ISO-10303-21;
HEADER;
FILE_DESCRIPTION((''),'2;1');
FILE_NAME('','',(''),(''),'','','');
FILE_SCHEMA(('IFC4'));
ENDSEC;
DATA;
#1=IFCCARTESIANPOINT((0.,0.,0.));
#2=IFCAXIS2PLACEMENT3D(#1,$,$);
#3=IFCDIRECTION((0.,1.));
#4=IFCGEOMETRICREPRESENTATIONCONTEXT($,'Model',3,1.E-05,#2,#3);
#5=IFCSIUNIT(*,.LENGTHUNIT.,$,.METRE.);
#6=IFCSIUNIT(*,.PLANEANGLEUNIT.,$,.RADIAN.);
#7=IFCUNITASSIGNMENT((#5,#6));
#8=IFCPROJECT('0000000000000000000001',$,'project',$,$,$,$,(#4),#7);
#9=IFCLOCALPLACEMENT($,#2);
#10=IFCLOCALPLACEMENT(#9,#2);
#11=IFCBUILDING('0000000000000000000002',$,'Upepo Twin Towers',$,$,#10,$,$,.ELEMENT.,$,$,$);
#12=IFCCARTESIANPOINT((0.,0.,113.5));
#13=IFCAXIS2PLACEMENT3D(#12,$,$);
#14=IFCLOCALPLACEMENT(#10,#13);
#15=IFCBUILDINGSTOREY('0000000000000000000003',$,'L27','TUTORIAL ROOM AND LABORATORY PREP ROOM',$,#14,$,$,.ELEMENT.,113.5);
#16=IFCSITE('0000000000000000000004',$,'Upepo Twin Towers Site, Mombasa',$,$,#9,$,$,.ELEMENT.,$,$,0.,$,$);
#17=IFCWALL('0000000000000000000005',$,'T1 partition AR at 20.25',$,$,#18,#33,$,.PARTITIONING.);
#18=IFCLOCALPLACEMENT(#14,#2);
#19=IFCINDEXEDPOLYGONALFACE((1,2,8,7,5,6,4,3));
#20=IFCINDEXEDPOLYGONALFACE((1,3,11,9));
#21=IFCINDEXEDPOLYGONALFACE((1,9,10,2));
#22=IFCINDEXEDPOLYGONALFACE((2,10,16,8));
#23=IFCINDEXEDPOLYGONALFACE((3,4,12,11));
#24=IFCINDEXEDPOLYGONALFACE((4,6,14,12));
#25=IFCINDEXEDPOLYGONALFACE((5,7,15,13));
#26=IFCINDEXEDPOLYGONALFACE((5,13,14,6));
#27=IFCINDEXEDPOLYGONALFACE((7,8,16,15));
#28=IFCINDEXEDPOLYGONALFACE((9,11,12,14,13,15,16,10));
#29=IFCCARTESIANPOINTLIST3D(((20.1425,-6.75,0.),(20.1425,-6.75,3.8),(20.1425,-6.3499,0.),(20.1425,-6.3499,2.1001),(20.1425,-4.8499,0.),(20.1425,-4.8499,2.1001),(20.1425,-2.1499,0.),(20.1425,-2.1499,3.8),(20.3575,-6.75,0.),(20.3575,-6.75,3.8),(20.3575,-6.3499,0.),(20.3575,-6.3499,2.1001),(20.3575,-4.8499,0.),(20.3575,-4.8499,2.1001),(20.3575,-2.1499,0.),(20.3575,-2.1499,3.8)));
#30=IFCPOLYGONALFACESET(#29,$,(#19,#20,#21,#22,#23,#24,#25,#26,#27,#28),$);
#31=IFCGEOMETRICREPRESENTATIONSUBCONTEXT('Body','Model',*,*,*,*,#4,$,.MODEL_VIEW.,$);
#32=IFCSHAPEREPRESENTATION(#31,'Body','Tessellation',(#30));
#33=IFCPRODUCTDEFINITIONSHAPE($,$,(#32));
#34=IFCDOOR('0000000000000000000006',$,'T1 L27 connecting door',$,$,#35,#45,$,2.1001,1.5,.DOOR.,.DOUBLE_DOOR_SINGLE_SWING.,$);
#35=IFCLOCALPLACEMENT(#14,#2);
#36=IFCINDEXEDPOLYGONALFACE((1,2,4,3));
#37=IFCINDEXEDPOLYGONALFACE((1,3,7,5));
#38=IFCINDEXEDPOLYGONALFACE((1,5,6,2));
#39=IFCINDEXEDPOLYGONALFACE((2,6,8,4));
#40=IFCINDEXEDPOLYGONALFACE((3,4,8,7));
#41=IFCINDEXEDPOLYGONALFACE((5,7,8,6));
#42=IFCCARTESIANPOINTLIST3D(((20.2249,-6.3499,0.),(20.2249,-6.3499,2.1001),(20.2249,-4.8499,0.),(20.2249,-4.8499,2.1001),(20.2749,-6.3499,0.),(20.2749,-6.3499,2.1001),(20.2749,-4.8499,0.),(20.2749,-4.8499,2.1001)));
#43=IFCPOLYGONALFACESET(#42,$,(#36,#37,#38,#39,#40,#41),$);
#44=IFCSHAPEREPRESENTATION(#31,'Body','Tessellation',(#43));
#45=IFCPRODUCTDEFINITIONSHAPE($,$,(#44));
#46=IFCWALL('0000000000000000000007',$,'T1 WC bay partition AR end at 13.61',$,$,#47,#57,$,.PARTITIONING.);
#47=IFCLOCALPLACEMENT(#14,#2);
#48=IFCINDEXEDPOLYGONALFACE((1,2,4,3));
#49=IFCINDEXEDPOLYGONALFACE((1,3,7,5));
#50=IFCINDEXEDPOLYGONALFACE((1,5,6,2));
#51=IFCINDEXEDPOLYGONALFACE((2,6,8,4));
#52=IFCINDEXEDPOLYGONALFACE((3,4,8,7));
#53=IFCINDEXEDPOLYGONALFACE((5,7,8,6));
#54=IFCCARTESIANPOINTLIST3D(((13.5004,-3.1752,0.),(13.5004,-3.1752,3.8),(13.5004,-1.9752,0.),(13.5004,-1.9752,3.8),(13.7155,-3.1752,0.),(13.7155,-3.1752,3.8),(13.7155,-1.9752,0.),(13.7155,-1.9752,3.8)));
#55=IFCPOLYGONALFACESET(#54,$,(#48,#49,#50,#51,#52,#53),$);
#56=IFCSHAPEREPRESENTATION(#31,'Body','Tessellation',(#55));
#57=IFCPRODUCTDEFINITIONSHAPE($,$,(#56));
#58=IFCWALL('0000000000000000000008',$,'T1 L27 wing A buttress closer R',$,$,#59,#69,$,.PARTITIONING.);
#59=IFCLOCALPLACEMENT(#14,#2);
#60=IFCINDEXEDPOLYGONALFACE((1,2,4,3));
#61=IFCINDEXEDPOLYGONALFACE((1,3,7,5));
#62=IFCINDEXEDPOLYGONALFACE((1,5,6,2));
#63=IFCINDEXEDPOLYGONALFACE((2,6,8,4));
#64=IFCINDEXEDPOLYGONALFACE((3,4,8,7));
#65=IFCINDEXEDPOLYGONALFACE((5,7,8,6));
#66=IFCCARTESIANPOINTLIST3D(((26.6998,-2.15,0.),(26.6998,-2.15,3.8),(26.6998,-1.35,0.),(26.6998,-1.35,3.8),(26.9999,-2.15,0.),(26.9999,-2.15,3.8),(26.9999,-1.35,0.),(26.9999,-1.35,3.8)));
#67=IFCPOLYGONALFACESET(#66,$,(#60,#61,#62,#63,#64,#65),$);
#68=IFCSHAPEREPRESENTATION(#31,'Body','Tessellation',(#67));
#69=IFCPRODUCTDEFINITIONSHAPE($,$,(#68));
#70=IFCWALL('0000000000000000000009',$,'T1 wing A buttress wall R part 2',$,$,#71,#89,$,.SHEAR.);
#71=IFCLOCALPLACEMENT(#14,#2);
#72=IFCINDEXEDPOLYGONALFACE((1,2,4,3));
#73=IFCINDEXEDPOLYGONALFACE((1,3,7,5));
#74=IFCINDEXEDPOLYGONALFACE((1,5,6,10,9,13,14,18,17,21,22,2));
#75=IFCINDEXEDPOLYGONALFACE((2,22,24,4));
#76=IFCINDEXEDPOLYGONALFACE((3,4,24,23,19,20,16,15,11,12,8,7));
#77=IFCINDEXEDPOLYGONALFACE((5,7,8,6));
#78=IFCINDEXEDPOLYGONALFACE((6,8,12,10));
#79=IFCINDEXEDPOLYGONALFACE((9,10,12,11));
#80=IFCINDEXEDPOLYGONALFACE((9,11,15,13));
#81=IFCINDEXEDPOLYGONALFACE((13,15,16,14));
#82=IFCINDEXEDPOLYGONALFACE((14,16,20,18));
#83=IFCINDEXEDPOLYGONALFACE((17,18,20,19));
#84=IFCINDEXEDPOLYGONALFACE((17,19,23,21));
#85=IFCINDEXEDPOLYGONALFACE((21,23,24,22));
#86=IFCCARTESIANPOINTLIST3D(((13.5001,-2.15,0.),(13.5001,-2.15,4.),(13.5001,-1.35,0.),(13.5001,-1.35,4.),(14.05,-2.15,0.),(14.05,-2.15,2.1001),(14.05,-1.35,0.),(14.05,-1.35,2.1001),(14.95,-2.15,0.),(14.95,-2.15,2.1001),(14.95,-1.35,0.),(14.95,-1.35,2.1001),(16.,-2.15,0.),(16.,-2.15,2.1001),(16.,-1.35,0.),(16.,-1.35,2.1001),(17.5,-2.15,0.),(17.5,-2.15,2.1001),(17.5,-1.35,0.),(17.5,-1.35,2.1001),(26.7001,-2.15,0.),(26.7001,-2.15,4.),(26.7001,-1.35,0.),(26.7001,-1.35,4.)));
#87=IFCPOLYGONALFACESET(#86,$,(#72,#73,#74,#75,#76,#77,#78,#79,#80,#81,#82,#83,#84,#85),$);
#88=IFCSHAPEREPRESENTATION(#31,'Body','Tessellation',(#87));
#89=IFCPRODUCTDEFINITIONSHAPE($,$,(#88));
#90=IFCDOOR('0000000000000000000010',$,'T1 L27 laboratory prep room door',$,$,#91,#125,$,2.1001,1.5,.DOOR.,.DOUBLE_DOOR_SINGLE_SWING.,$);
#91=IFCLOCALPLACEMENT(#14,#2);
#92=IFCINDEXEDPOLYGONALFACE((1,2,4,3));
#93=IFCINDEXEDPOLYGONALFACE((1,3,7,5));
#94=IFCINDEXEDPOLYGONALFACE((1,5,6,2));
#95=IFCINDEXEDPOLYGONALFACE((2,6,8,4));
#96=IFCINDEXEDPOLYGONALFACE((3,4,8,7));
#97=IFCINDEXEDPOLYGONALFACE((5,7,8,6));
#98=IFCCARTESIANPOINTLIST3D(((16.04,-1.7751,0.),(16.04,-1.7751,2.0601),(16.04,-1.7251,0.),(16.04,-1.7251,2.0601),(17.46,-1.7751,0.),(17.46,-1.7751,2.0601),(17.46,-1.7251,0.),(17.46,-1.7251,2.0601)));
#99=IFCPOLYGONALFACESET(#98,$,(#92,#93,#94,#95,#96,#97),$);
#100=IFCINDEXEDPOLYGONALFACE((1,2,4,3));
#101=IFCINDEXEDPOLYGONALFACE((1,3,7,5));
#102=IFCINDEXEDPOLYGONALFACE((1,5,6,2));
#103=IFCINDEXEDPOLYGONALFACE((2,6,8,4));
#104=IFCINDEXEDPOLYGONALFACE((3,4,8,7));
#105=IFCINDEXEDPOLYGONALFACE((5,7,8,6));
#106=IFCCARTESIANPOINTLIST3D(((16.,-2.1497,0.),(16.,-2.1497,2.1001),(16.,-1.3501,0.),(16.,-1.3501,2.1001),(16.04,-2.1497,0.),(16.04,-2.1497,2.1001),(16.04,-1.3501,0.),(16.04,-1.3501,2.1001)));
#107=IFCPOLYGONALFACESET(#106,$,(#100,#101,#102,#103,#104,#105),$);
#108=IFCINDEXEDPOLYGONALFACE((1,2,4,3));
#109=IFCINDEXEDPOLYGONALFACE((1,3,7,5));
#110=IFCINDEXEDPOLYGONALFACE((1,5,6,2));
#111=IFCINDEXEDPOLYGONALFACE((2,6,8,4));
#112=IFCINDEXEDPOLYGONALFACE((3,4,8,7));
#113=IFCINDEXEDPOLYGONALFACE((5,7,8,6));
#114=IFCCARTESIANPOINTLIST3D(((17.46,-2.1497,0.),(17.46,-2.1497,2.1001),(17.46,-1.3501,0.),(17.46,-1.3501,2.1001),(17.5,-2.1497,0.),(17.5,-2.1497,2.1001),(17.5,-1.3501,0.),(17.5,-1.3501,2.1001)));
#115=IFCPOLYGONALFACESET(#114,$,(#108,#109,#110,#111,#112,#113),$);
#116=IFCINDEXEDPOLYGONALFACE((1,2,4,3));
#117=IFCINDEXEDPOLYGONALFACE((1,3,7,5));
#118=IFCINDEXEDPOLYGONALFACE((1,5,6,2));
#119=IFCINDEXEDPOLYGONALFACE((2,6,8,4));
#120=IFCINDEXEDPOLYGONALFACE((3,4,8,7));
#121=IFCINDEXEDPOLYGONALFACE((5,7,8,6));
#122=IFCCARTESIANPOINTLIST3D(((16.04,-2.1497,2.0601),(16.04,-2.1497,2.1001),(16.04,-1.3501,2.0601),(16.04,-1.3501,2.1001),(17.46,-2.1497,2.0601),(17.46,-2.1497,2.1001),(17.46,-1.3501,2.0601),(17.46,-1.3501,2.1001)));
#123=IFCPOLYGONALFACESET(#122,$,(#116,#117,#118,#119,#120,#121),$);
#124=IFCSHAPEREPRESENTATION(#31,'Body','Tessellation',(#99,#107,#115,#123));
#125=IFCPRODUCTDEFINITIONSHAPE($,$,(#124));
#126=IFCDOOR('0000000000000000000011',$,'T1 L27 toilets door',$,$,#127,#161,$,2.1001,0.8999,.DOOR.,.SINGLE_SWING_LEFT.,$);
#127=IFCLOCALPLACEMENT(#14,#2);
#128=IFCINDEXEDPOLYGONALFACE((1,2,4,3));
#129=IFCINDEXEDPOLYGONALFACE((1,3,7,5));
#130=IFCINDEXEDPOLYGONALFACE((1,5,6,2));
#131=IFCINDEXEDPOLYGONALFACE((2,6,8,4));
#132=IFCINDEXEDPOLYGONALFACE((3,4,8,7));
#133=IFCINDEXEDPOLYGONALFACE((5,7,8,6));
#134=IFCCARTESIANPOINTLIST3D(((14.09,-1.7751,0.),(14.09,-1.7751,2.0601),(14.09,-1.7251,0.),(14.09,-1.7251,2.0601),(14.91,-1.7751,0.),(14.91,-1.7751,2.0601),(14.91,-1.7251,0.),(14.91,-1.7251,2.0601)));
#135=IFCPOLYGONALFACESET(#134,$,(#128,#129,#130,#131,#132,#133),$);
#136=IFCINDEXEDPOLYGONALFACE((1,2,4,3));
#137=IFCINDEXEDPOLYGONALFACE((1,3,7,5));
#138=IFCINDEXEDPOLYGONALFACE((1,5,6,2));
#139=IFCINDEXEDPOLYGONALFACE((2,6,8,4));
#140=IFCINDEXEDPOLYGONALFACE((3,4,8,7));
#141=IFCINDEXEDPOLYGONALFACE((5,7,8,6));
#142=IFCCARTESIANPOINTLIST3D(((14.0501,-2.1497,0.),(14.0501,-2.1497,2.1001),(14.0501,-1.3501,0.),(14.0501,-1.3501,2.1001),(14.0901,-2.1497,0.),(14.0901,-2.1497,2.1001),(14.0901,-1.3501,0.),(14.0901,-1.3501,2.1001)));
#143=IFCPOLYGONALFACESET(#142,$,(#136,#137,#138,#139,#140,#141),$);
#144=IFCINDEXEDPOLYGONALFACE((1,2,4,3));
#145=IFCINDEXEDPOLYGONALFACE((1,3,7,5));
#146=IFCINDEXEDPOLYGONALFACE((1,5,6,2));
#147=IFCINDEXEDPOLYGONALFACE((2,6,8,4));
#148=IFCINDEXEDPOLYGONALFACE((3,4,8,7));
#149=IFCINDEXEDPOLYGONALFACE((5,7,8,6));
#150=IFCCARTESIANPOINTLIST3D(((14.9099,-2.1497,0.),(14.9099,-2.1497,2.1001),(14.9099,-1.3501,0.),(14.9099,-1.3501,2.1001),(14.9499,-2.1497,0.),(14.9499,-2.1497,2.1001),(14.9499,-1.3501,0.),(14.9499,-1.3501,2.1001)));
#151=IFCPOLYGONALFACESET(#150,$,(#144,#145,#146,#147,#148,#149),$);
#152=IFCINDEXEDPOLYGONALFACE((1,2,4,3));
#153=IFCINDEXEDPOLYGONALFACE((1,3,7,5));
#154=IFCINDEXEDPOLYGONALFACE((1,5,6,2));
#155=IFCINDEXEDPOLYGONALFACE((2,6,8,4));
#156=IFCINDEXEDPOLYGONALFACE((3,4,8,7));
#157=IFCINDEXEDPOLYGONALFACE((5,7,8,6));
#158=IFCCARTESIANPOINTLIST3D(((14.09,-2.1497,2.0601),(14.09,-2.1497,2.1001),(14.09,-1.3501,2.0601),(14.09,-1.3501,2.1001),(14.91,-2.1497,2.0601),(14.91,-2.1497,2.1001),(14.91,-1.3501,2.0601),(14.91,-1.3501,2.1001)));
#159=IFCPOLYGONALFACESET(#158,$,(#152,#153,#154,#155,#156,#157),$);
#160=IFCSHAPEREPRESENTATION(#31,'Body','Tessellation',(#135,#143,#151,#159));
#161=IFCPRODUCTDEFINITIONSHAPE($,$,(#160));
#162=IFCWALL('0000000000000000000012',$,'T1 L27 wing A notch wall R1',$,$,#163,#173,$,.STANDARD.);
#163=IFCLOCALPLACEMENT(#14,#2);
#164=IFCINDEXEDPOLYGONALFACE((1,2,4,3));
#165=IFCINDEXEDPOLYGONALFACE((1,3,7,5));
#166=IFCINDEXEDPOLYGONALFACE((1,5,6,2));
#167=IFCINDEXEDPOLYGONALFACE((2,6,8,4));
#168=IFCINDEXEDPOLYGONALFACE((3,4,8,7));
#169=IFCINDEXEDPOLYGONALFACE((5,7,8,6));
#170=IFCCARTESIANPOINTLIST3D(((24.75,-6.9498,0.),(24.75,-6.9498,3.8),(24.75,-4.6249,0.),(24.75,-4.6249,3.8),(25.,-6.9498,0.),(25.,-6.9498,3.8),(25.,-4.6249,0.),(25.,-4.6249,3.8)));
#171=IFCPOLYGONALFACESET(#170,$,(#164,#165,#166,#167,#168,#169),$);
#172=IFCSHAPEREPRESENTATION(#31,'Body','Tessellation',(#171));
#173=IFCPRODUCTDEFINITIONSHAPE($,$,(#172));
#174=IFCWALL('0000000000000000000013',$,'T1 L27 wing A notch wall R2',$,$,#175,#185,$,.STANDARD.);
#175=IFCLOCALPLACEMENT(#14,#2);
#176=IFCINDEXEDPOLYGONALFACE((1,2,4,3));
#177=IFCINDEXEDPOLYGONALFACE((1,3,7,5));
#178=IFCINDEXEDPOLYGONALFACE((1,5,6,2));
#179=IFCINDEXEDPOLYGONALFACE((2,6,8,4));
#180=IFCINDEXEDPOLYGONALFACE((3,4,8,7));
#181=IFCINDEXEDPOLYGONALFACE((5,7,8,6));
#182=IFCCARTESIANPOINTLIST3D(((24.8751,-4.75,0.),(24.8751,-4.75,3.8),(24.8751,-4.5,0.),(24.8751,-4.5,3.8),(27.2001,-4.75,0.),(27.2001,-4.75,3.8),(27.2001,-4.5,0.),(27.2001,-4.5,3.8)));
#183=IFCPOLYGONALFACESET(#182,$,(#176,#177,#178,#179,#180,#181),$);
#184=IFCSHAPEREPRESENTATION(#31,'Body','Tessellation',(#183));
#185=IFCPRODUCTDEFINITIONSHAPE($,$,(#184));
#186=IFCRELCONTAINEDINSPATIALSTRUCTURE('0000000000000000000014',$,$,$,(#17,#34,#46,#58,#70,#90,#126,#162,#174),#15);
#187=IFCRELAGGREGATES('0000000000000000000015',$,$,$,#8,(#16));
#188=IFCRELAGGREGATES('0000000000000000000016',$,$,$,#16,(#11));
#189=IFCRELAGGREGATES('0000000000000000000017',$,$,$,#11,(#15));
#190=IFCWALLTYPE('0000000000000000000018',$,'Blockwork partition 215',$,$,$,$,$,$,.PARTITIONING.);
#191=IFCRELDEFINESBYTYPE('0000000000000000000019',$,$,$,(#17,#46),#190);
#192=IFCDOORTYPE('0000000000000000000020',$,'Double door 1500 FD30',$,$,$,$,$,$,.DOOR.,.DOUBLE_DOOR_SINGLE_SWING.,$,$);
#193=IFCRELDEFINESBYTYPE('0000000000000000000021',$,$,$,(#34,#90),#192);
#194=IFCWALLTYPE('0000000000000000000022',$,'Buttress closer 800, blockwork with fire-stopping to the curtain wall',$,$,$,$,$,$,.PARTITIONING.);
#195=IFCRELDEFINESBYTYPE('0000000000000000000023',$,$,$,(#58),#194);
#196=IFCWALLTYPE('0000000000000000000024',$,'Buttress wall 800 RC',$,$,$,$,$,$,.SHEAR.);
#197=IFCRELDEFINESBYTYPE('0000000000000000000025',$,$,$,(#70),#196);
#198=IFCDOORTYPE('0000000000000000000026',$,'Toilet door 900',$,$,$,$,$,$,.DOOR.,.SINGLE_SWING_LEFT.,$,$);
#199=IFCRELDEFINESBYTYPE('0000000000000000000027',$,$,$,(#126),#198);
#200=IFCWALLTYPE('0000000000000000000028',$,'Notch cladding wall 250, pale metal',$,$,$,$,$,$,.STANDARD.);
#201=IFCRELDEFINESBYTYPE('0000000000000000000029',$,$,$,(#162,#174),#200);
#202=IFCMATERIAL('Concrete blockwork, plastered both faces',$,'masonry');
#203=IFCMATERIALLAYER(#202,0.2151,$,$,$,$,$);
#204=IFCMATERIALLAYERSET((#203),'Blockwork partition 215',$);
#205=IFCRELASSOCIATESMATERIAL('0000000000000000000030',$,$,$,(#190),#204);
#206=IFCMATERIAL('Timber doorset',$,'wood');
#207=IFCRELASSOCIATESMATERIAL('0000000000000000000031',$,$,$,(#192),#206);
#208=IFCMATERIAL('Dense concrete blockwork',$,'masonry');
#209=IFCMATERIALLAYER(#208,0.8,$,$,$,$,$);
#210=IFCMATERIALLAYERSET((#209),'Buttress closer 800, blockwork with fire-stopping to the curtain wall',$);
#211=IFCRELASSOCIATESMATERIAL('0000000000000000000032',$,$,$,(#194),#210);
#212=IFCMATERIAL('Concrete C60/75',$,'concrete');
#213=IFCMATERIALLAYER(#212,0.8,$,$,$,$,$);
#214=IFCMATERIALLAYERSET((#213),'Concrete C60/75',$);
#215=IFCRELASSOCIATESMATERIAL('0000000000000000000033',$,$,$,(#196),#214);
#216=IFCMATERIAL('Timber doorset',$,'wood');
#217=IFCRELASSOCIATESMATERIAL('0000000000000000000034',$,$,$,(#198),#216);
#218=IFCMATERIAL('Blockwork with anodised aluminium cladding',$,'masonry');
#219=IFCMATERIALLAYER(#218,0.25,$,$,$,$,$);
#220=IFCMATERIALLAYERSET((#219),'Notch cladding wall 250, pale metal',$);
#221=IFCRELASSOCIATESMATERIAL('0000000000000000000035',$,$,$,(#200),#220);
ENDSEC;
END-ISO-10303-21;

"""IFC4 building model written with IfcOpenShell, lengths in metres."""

from ifc_helpers import new_model, si_unit, direction, frame, frame_2d, origin, place, context, subcontext, project, spatial, rectangle, extrude, material, layer, layer_set, type_object, element, fill, save


model = new_model("IFC4")

# Units and contexts
model_context = context("Model", 3, precision=1e-05, world=origin(), true_north=direction((0.0, 1.0)))
body_context = subcontext(model_context, "Body", "Model", "MODEL_VIEW")
ifc_project = project(units=[si_unit("LENGTHUNIT", "METRE"), si_unit("PLANEANGLEUNIT", "RADIAN")], contexts=[model_context])

# Site, building, storey
site_placement = place(None, origin())
site = spatial("IfcSite", under=ifc_project, at=site_placement, Name="Upepo Twin Towers Site, Mombasa", CompositionType="ELEMENT", RefElevation=0.0)
building_placement = place(site_placement, origin())
building = spatial("IfcBuilding", under=site, at=building_placement, Name="Upepo Twin Towers", CompositionType="ELEMENT")
storey_placement = place(building_placement, frame((0.0, 0.0, 113.5)))
storey = spatial("IfcBuildingStorey", under=building, at=storey_placement, Name="L27", Description="TUTORIAL ROOM AND LABORATORY PREP ROOM", CompositionType="ELEMENT", Elevation=113.5)

# Shared definitions
ifc_material_1 = material(Name="Concrete blockwork, plastered both faces", Category="masonry")
ifc_layer_1 = layer(ifc_material_1, 0.2151)
ifc_layer_set_1 = layer_set([ifc_layer_1], Name="Blockwork partition 215")
wall_type_1 = type_object("IfcWallType", Name="Blockwork partition 215", PredefinedType="PARTITIONING", material=ifc_layer_set_1)

# Wall, opening, door
wall_1_placement = place(storey_placement, frame((20.25, -2.1499, 0.0), z_axis=(0.0, 0.0, 1.0), x_axis=(0.0, -1.0, 0.0)))
wall_1 = element("IfcWall", 1, at=wall_1_placement, inside=storey, type_object=wall_type_1, Name="T1 partition AR at 20.25", PredefinedType="PARTITIONING", context=body_context, shape_type="SweptSolid", body=[
    extrude(rectangle(XDim=4.6001, YDim=0.2151, at=frame_2d((2.3, 0.0))), origin(), (0.0, 0.0, 1.0), 3.8),
])
opening_1_placement = place(wall_1_placement, frame((2.7, 0.0, 0.0)))
opening_1 = element("IfcOpeningElement", 2, at=opening_1_placement, cuts=wall_1, PredefinedType="OPENING", context=body_context, shape_type="SweptSolid", body=[
    extrude(rectangle(XDim=1.5, YDim=2.1001, at=frame_2d((0.75, 1.05))), frame((0.0, 0.1174, 0.0), z_axis=(0.0, -1.0, 0.0), x_axis=(1.0, 0.0, 0.0)), (0.0, 0.0, 1.0), 0.2351),
])
ifc_material_2 = material(Name="Timber doorset", Category="wood")
door_type_1 = type_object("IfcDoorType", Name="Double door 1500 FD30", OperationType="DOUBLE_DOOR_SINGLE_SWING", PredefinedType="DOOR", material=ifc_material_2)
door_1_placement = place(opening_1_placement, origin())
door_1 = element("IfcDoor", 3, at=door_1_placement, inside=storey, type_object=door_type_1, Name="T1 L27 connecting door", OperationType="DOUBLE_DOOR_SINGLE_SWING", OverallHeight=2.1001, OverallWidth=1.5, PredefinedType="DOOR", context=body_context, shape_type="SweptSolid", body=[
    extrude(rectangle(XDim=1.5, YDim=2.1001, at=frame_2d((0.75, 1.05))), frame((0.0, 0.0249, 0.0), z_axis=(0.0, -1.0, 0.0), x_axis=(1.0, 0.0, 0.0)), (0.0, 0.0, 1.0), 0.05),
])
fill(opening_1, door_1)

# Walls
wall_2_placement = place(storey_placement, frame((13.6079, -1.9751, 0.0), z_axis=(0.0, 0.0, 1.0), x_axis=(0.0, -1.0, 0.0)))
element("IfcWall", 4, at=wall_2_placement, inside=storey, type_object=wall_type_1, Name="T1 WC bay partition AR end at 13.61", PredefinedType="PARTITIONING", context=body_context, shape_type="SweptSolid", body=[
    extrude(rectangle(XDim=1.2, YDim=0.2151, at=frame_2d((0.6001, 0.0))), origin(), (0.0, 0.0, 1.0), 3.8),
])
ifc_material_3 = material(Name="Dense concrete blockwork", Category="masonry")
ifc_layer_2 = layer(ifc_material_3, 0.8)
ifc_layer_set_2 = layer_set([ifc_layer_2], Name="Buttress closer 800, blockwork with fire-stopping to the curtain wall")
wall_type_2 = type_object("IfcWallType", Name="Buttress closer 800, blockwork with fire-stopping to the curtain wall", PredefinedType="PARTITIONING", material=ifc_layer_set_2)
wall_3_placement = place(storey_placement, frame((26.7, -1.75, 0.0), z_axis=(0.0, 0.0, 1.0), x_axis=(1.0, 0.0, 0.0)))
element("IfcWall", 5, at=wall_3_placement, inside=storey, type_object=wall_type_2, Name="T1 L27 wing A buttress closer R", PredefinedType="PARTITIONING", context=body_context, shape_type="SweptSolid", body=[
    extrude(rectangle(XDim=0.3, YDim=0.8, at=frame_2d((0.1499, 0.0))), origin(), (0.0, 0.0, 1.0), 3.8),
])

# Wall, openings, doors
ifc_material_4 = material(Name="Concrete C60/75", Category="concrete")
ifc_layer_3 = layer(ifc_material_4, 0.8)
ifc_layer_set_3 = layer_set([ifc_layer_3], Name="Concrete C60/75")
wall_type_3 = type_object("IfcWallType", Name="Buttress wall 800 RC", PredefinedType="SHEAR", material=ifc_layer_set_3)
wall_4_placement = place(storey_placement, frame((13.5, -1.75, 0.0), z_axis=(0.0, 0.0, 1.0), x_axis=(1.0, 0.0, 0.0)))
wall_4 = element("IfcWall", 6, at=wall_4_placement, inside=storey, type_object=wall_type_3, Name="T1 wing A buttress wall R part 2", PredefinedType="SHEAR", context=body_context, shape_type="SweptSolid", body=[
    extrude(rectangle(XDim=13.2, YDim=0.8, at=frame_2d((6.6001, 0.0))), origin(), (0.0, 0.0, 1.0), 4.0),
])
opening_2_placement = place(wall_4_placement, frame((0.55, 0.0, 0.0)))
opening_2 = element("IfcOpeningElement", 7, at=opening_2_placement, cuts=wall_4, PredefinedType="OPENING", context=body_context, shape_type="SweptSolid", body=[
    extrude(rectangle(XDim=0.8999, YDim=2.1001, at=frame_2d((0.45, 1.05))), frame((0.0, 0.4099, 0.0), z_axis=(0.0, -1.0, 0.0), x_axis=(1.0, 0.0, 0.0)), (0.0, 0.0, 1.0), 0.8201),
])
opening_3_placement = place(wall_4_placement, frame((2.5, 0.0, 0.0)))
opening_3 = element("IfcOpeningElement", 8, at=opening_3_placement, cuts=wall_4, PredefinedType="OPENING", context=body_context, shape_type="SweptSolid", body=[
    extrude(rectangle(XDim=1.5, YDim=2.1001, at=frame_2d((0.75, 1.05))), frame((0.0, 0.4099, 0.0), z_axis=(0.0, -1.0, 0.0), x_axis=(1.0, 0.0, 0.0)), (0.0, 0.0, 1.0), 0.8201),
])
door_2_placement = place(opening_3_placement, origin())
door_2 = element("IfcDoor", 9, at=door_2_placement, inside=storey, type_object=door_type_1, Name="T1 L27 laboratory prep room door", OperationType="DOUBLE_DOOR_SINGLE_SWING", OverallHeight=2.1001, OverallWidth=1.5, PredefinedType="DOOR", context=body_context, shape_type="SweptSolid", body=[
    extrude(rectangle(XDim=1.42, YDim=2.0601, at=frame_2d((0.75, 1.03))), frame((0.0, 0.0249, 0.0), z_axis=(0.0, -1.0, 0.0), x_axis=(1.0, 0.0, 0.0)), (0.0, 0.0, 1.0), 0.05),
    extrude(rectangle(XDim=0.04, YDim=2.1001, at=frame_2d((0.02, 1.05))), frame((0.0, 0.3999, 0.0), z_axis=(0.0, -1.0, 0.0), x_axis=(1.0, 0.0, 0.0)), (0.0, 0.0, 1.0), 0.7996),
    extrude(rectangle(XDim=0.04, YDim=2.1001, at=frame_2d((1.48, 1.05))), frame((0.0, 0.3999, 0.0), z_axis=(0.0, -1.0, 0.0), x_axis=(1.0, 0.0, 0.0)), (0.0, 0.0, 1.0), 0.7996),
    extrude(rectangle(XDim=1.42, YDim=0.04, at=frame_2d((0.75, 2.0801))), frame((0.0, 0.3999, 0.0), z_axis=(0.0, -1.0, 0.0), x_axis=(1.0, 0.0, 0.0)), (0.0, 0.0, 1.0), 0.7996),
])
fill(opening_3, door_2)
ifc_material_5 = material(Name="Timber doorset", Category="wood")
door_type_2 = type_object("IfcDoorType", Name="Toilet door 900", OperationType="SINGLE_SWING_LEFT", PredefinedType="DOOR", material=ifc_material_5)
door_3_placement = place(opening_2_placement, origin())
door_3 = element("IfcDoor", 10, at=door_3_placement, inside=storey, type_object=door_type_2, Name="T1 L27 toilets door", OperationType="SINGLE_SWING_LEFT", OverallHeight=2.1001, OverallWidth=0.8999, PredefinedType="DOOR", context=body_context, shape_type="SweptSolid", body=[
    extrude(rectangle(XDim=0.8199, YDim=2.0601, at=frame_2d((0.45, 1.03))), frame((0.0, 0.0249, 0.0), z_axis=(0.0, -1.0, 0.0), x_axis=(1.0, 0.0, 0.0)), (0.0, 0.0, 1.0), 0.05),
    extrude(rectangle(XDim=0.04, YDim=2.1001, at=frame_2d((0.02, 1.05))), frame((0.0, 0.3999, 0.0), z_axis=(0.0, -1.0, 0.0), x_axis=(1.0, 0.0, 0.0)), (0.0, 0.0, 1.0), 0.7996),
    extrude(rectangle(XDim=0.04, YDim=2.1001, at=frame_2d((0.8799, 1.05))), frame((0.0, 0.3999, 0.0), z_axis=(0.0, -1.0, 0.0), x_axis=(1.0, 0.0, 0.0)), (0.0, 0.0, 1.0), 0.7996),
    extrude(rectangle(XDim=0.8199, YDim=0.04, at=frame_2d((0.45, 2.0801))), frame((0.0, 0.3999, 0.0), z_axis=(0.0, -1.0, 0.0), x_axis=(1.0, 0.0, 0.0)), (0.0, 0.0, 1.0), 0.7996),
])
fill(opening_2, door_3)

# Walls
ifc_material_6 = material(Name="Blockwork with anodised aluminium cladding", Category="masonry")
ifc_layer_4 = layer(ifc_material_6, 0.25)
ifc_layer_set_4 = layer_set([ifc_layer_4], Name="Notch cladding wall 250, pale metal")
wall_type_4 = type_object("IfcWallType", Name="Notch cladding wall 250, pale metal", PredefinedType="STANDARD", material=ifc_layer_set_4)
for number, where, z_axis, x_axis, name in (
    (11, (24.875, -6.95, 0.0), (0.0, 0.0, 1.0), (0.0, 1.0, 0.0), "T1 L27 wing A notch wall R1"),
    (12, (24.875, -4.625, 0.0), (0.0, 0.0, 1.0), (1.0, 0.0, 0.0), "T1 L27 wing A notch wall R2"),
):
    element("IfcWall", number, at=place(storey_placement, frame(where, z_axis=z_axis, x_axis=x_axis)), inside=storey, type_object=wall_type_4, Name=name, PredefinedType="STANDARD", context=body_context, shape_type="SweptSolid", body=[
        extrude(rectangle(XDim=2.325, YDim=0.25, at=frame_2d((1.1626, 0.0))), origin(), (0.0, 0.0, 1.0), 3.8),
    ])

save(model, "model.ifc")
